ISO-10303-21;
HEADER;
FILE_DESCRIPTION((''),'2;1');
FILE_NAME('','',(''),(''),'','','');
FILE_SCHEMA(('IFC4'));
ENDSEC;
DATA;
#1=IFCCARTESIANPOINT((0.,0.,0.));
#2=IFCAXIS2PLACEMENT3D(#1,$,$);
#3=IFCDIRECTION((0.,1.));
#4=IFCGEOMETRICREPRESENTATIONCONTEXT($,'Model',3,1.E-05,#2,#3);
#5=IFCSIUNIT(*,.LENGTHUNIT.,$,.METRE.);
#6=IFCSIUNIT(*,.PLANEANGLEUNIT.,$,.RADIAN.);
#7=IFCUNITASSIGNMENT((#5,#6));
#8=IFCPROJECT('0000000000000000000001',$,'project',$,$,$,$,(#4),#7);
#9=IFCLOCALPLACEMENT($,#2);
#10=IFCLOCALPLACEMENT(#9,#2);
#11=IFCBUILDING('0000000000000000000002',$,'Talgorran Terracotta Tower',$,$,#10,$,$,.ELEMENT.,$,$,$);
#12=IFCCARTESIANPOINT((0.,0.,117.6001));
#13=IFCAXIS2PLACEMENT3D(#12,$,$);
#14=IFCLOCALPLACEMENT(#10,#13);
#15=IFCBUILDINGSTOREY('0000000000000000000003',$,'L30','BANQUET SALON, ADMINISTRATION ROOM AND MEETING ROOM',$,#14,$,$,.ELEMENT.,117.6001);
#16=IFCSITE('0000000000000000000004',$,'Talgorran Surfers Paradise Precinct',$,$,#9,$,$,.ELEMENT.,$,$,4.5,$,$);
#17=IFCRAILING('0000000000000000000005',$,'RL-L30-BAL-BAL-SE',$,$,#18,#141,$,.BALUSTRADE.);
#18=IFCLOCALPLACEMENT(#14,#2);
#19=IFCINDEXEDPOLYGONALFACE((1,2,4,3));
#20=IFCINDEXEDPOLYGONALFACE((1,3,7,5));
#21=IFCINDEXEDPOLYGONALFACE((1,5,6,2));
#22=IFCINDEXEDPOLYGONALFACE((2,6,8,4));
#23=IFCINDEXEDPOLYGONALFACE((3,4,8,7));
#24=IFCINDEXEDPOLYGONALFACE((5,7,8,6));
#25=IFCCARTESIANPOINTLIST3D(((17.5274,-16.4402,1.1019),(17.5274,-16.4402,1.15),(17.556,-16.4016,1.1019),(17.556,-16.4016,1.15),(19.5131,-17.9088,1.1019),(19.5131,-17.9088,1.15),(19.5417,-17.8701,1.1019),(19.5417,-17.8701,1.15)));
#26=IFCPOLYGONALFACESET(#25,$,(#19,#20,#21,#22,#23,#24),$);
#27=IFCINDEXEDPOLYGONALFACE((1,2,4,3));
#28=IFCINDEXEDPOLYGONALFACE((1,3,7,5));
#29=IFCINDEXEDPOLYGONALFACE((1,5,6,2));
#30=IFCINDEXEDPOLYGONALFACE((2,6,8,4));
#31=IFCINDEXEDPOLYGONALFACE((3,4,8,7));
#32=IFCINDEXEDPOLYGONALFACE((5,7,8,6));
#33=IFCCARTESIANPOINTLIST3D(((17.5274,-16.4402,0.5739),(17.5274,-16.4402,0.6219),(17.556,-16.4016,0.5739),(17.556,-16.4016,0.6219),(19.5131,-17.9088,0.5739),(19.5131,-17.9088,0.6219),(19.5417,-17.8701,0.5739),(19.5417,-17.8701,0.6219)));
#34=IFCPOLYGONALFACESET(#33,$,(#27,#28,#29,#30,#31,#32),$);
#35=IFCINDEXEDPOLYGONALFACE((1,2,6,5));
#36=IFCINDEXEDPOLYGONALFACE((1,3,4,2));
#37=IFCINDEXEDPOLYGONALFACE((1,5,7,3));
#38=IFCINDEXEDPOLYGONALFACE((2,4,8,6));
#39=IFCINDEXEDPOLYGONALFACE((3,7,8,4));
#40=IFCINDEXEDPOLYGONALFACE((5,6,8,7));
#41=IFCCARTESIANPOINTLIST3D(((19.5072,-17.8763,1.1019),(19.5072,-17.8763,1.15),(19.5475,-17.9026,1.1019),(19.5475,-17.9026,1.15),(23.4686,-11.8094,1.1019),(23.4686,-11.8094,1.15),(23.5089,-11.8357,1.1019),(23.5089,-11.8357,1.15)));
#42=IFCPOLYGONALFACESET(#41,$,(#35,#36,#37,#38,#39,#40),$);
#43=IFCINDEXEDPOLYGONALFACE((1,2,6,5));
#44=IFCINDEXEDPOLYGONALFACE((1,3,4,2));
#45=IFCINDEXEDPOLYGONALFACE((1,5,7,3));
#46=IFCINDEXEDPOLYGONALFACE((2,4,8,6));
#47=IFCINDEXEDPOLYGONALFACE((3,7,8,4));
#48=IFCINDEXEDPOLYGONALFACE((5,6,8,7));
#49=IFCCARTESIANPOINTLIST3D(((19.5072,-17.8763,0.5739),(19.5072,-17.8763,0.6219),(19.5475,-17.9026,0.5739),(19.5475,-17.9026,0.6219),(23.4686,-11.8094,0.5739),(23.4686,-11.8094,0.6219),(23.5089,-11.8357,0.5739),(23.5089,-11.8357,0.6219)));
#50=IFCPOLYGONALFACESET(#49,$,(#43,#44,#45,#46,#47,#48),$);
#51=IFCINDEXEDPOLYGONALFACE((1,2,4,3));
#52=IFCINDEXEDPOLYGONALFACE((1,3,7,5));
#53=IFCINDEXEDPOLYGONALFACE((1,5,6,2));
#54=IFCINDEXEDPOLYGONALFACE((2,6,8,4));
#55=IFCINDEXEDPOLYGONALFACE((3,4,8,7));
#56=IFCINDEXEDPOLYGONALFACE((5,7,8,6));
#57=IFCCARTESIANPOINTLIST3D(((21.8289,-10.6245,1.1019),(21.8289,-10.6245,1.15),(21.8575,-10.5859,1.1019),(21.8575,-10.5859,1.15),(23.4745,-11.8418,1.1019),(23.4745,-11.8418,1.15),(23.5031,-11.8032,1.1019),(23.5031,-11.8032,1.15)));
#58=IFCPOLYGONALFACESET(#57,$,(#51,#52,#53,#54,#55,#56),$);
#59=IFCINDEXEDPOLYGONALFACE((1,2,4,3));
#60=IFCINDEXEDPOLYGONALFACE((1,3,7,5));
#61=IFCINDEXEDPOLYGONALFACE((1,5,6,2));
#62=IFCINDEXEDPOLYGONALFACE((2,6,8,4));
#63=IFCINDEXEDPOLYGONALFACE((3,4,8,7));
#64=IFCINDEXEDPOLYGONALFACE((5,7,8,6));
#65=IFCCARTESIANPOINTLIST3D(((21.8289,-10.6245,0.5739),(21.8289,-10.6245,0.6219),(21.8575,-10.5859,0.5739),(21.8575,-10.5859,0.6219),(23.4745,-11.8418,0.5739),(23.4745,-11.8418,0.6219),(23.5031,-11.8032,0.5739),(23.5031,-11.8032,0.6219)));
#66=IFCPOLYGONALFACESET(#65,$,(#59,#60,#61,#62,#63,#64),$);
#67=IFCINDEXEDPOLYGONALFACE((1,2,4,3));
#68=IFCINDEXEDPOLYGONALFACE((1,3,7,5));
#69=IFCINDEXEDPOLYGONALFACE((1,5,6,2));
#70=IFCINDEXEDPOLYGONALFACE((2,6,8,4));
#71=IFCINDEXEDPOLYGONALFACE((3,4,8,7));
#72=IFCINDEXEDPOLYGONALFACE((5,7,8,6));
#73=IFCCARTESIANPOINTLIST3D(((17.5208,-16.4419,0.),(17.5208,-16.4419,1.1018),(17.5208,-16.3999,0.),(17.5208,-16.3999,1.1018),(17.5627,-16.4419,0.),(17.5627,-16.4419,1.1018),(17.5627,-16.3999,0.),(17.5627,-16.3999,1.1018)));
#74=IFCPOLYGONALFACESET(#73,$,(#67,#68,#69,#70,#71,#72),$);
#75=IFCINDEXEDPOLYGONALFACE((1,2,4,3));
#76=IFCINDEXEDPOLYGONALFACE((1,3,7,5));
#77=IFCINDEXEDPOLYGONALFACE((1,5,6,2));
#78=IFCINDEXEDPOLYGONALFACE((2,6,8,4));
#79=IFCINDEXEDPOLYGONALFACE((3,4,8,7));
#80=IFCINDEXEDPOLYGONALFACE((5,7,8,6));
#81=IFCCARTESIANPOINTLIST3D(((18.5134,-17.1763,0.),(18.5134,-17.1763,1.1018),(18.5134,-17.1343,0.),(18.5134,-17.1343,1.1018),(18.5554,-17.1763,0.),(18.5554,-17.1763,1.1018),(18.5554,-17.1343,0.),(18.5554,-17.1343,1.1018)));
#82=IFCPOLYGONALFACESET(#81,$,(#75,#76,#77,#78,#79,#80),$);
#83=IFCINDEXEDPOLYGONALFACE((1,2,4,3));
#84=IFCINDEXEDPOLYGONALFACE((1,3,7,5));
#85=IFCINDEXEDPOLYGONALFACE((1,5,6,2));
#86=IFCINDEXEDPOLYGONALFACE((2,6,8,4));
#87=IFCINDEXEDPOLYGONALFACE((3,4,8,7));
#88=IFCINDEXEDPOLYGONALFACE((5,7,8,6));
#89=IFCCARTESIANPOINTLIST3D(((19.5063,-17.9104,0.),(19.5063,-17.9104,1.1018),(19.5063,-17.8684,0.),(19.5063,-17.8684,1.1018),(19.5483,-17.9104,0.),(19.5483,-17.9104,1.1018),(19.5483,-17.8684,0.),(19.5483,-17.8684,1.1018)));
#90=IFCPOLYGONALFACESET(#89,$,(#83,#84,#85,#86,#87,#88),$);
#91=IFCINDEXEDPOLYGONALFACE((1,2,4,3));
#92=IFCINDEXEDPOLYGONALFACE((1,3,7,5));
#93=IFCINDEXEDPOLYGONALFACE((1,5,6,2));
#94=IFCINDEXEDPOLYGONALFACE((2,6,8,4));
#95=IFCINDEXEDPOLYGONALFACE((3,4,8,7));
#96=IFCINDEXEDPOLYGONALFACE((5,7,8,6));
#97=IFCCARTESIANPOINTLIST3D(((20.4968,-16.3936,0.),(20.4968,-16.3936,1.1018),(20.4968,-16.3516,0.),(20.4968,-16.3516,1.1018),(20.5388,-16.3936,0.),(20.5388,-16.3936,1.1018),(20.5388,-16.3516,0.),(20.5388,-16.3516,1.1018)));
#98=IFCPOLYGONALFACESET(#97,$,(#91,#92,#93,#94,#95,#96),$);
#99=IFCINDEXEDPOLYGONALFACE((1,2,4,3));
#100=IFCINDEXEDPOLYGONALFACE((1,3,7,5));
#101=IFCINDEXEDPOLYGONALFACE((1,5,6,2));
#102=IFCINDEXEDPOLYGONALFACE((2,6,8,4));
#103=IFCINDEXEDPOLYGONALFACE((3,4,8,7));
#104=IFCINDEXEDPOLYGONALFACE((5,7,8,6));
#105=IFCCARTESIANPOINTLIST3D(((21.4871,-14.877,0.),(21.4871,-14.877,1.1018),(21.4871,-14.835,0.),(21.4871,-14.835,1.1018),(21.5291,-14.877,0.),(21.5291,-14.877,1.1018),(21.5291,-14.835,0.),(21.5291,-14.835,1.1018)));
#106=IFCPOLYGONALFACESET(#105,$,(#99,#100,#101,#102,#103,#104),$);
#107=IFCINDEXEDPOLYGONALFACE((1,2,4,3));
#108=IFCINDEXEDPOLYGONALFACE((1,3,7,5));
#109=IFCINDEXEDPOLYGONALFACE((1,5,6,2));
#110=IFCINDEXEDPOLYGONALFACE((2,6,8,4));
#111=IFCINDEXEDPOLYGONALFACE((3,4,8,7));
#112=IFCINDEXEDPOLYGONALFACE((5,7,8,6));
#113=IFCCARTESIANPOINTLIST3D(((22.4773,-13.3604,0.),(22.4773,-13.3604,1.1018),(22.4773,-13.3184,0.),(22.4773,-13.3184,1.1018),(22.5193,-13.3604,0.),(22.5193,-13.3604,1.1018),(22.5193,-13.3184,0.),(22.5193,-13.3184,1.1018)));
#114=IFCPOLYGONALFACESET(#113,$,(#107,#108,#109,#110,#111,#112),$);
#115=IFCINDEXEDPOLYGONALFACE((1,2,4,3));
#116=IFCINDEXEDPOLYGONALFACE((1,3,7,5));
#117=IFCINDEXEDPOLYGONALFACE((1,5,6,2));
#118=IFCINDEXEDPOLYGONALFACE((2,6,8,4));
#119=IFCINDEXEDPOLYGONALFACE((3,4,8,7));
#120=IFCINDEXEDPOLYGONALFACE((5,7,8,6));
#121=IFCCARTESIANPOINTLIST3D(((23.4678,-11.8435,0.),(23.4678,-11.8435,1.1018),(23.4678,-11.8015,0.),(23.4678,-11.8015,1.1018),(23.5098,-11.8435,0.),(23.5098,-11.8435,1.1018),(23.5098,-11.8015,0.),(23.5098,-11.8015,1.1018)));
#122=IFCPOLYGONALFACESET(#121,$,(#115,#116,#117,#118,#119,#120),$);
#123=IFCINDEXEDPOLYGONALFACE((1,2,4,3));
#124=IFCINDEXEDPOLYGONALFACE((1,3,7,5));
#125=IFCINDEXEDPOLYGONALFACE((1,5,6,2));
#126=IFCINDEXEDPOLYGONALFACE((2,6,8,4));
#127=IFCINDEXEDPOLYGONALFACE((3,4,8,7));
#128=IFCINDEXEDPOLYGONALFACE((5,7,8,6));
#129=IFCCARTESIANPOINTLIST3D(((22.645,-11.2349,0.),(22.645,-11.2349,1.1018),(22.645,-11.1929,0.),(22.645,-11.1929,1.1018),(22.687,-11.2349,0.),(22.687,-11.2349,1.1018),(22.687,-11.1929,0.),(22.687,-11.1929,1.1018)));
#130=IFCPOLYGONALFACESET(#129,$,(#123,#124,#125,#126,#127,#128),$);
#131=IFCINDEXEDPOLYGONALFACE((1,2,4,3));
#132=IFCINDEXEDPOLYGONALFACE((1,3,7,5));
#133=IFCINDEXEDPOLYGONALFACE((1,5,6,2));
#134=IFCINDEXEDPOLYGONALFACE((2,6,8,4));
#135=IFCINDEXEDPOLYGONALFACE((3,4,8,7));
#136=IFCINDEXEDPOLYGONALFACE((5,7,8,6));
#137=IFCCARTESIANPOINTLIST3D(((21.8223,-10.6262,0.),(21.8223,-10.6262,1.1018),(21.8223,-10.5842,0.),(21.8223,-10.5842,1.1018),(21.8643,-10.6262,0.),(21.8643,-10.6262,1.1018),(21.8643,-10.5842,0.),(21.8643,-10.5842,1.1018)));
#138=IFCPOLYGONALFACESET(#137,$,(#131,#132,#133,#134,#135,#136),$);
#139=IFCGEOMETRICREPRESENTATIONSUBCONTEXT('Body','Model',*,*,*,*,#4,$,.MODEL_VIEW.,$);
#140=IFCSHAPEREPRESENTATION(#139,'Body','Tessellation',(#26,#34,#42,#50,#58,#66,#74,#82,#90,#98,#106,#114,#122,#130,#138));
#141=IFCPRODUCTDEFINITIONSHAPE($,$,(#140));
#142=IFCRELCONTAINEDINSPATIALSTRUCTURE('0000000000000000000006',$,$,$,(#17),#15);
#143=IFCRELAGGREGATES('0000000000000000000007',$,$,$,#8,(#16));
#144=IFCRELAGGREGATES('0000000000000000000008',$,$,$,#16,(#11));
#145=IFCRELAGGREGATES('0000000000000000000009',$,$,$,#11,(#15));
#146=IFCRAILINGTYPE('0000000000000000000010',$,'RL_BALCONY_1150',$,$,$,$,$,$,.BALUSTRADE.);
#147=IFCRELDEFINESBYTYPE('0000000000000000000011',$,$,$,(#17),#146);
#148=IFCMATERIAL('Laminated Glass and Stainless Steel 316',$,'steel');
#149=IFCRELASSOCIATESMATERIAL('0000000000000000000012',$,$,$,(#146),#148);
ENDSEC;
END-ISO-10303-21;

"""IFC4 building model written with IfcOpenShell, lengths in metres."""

from ifc_helpers import new_model, si_unit, direction, frame, origin, origin_2d, place, context, subcontext, project, spatial, rectangle, extrude, material, type_object, element, save


model = new_model("IFC4")

# Units and contexts
model_context = context("Model", 3, precision=1e-05, world=origin(), true_north=direction((0.0, 1.0)))
body_context = subcontext(model_context, "Body", "Model", "MODEL_VIEW")
ifc_project = project(units=[si_unit("LENGTHUNIT", "METRE"), si_unit("PLANEANGLEUNIT", "RADIAN")], contexts=[model_context])

# Site, building, storey
site_placement = place(None, origin())
site = spatial("IfcSite", under=ifc_project, at=site_placement, Name="Talgorran Surfers Paradise Precinct", CompositionType="ELEMENT", RefElevation=4.5)
building_placement = place(site_placement, origin())
building = spatial("IfcBuilding", under=site, at=building_placement, Name="Talgorran Terracotta Tower", CompositionType="ELEMENT")
storey_placement = place(building_placement, frame((0.0, 0.0, 117.6001)))
storey = spatial("IfcBuildingStorey", under=building, at=storey_placement, Name="L30", Description="BANQUET SALON, ADMINISTRATION ROOM AND MEETING ROOM", CompositionType="ELEMENT", Elevation=117.6001)

# Railing
ifc_material_1 = material(Name="Laminated Glass and Stainless Steel 316", Category="steel")
railing_type = type_object("IfcRailingType", Name="RL_BALCONY_1150", PredefinedType="BALUSTRADE", material=ifc_material_1)
railing_placement = place(storey_placement, frame((17.5417, -16.4209, 0.0)))
element("IfcRailing", 1, at=railing_placement, inside=storey, type_object=railing_type, Name="RL-L30-BAL-BAL-SE", PredefinedType="BALUSTRADE", context=body_context, shape_type="SweptSolid", body=[
    extrude(rectangle(XDim=0.0481, YDim=0.0481, at=origin_2d()), frame((0.0, 0.0, 1.126), z_axis=(0.804004, -0.594625, 0.0), x_axis=(0.594625, 0.804004, 0.0)), (0.0, 0.0, 1.0), 2.4697),
    extrude(rectangle(XDim=0.0481, YDim=0.0481, at=origin_2d()), frame((0.0, 0.0, 0.5979), z_axis=(0.804004, -0.594625, 0.0), x_axis=(0.594625, 0.804004, 0.0)), (0.0, 0.0, 1.0), 2.4697),
    extrude(rectangle(XDim=0.0481, YDim=0.0481, at=origin_2d()), frame((1.9856, -1.4685, 1.126), z_axis=(0.546728, 0.83731, 0.0), x_axis=(-0.83731, 0.546728, 0.0)), (0.0, 0.0, 1.0), 7.2456),
    extrude(rectangle(XDim=0.0481, YDim=0.0481, at=origin_2d()), frame((1.9856, -1.4685, 0.5979), z_axis=(0.546728, 0.83731, 0.0), x_axis=(-0.83731, 0.546728, 0.0)), (0.0, 0.0, 1.0), 7.2456),
    extrude(rectangle(XDim=0.0481, YDim=0.0481, at=origin_2d()), frame((5.947, 4.5984, 1.126), z_axis=(-0.803933, 0.59472, 0.0), x_axis=(-0.59472, -0.803933, 0.0)), (0.0, 0.0, 1.0), 2.0469),
    extrude(rectangle(XDim=0.0481, YDim=0.0481, at=origin_2d()), frame((5.947, 4.5984, 0.5979), z_axis=(-0.803933, 0.59472, 0.0), x_axis=(-0.59472, -0.803933, 0.0)), (0.0, 0.0, 1.0), 2.0469),
    extrude(rectangle(XDim=0.042, YDim=0.042, at=origin_2d()), origin(), (0.0, 0.0, 1.0), 1.1018),
    extrude(rectangle(XDim=0.042, YDim=0.042, at=origin_2d()), frame((0.9927, -0.7344, 0.0)), (0.0, 0.0, 1.0), 1.1018),
    extrude(rectangle(XDim=0.042, YDim=0.042, at=origin_2d()), frame((1.9856, -1.4685, 0.0)), (0.0, 0.0, 1.0), 1.1018),
    extrude(rectangle(XDim=0.042, YDim=0.042, at=origin_2d()), frame((2.9761, 0.0483, 0.0)), (0.0, 0.0, 1.0), 1.1018),
    extrude(rectangle(XDim=0.042, YDim=0.042, at=origin_2d()), frame((3.9663, 1.5649, 0.0)), (0.0, 0.0, 1.0), 1.1018),
    extrude(rectangle(XDim=0.042, YDim=0.042, at=origin_2d()), frame((4.9565, 3.0815, 0.0)), (0.0, 0.0, 1.0), 1.1018),
    extrude(rectangle(XDim=0.042, YDim=0.042, at=origin_2d()), frame((5.947, 4.5984, 0.0)), (0.0, 0.0, 1.0), 1.1018),
    extrude(rectangle(XDim=0.042, YDim=0.042, at=origin_2d()), frame((5.1243, 5.207, 0.0)), (0.0, 0.0, 1.0), 1.1018),
    extrude(rectangle(XDim=0.042, YDim=0.042, at=origin_2d()), frame((4.3015, 5.8157, 0.0)), (0.0, 0.0, 1.0), 1.1018),
])

save(model, "model.ifc")
